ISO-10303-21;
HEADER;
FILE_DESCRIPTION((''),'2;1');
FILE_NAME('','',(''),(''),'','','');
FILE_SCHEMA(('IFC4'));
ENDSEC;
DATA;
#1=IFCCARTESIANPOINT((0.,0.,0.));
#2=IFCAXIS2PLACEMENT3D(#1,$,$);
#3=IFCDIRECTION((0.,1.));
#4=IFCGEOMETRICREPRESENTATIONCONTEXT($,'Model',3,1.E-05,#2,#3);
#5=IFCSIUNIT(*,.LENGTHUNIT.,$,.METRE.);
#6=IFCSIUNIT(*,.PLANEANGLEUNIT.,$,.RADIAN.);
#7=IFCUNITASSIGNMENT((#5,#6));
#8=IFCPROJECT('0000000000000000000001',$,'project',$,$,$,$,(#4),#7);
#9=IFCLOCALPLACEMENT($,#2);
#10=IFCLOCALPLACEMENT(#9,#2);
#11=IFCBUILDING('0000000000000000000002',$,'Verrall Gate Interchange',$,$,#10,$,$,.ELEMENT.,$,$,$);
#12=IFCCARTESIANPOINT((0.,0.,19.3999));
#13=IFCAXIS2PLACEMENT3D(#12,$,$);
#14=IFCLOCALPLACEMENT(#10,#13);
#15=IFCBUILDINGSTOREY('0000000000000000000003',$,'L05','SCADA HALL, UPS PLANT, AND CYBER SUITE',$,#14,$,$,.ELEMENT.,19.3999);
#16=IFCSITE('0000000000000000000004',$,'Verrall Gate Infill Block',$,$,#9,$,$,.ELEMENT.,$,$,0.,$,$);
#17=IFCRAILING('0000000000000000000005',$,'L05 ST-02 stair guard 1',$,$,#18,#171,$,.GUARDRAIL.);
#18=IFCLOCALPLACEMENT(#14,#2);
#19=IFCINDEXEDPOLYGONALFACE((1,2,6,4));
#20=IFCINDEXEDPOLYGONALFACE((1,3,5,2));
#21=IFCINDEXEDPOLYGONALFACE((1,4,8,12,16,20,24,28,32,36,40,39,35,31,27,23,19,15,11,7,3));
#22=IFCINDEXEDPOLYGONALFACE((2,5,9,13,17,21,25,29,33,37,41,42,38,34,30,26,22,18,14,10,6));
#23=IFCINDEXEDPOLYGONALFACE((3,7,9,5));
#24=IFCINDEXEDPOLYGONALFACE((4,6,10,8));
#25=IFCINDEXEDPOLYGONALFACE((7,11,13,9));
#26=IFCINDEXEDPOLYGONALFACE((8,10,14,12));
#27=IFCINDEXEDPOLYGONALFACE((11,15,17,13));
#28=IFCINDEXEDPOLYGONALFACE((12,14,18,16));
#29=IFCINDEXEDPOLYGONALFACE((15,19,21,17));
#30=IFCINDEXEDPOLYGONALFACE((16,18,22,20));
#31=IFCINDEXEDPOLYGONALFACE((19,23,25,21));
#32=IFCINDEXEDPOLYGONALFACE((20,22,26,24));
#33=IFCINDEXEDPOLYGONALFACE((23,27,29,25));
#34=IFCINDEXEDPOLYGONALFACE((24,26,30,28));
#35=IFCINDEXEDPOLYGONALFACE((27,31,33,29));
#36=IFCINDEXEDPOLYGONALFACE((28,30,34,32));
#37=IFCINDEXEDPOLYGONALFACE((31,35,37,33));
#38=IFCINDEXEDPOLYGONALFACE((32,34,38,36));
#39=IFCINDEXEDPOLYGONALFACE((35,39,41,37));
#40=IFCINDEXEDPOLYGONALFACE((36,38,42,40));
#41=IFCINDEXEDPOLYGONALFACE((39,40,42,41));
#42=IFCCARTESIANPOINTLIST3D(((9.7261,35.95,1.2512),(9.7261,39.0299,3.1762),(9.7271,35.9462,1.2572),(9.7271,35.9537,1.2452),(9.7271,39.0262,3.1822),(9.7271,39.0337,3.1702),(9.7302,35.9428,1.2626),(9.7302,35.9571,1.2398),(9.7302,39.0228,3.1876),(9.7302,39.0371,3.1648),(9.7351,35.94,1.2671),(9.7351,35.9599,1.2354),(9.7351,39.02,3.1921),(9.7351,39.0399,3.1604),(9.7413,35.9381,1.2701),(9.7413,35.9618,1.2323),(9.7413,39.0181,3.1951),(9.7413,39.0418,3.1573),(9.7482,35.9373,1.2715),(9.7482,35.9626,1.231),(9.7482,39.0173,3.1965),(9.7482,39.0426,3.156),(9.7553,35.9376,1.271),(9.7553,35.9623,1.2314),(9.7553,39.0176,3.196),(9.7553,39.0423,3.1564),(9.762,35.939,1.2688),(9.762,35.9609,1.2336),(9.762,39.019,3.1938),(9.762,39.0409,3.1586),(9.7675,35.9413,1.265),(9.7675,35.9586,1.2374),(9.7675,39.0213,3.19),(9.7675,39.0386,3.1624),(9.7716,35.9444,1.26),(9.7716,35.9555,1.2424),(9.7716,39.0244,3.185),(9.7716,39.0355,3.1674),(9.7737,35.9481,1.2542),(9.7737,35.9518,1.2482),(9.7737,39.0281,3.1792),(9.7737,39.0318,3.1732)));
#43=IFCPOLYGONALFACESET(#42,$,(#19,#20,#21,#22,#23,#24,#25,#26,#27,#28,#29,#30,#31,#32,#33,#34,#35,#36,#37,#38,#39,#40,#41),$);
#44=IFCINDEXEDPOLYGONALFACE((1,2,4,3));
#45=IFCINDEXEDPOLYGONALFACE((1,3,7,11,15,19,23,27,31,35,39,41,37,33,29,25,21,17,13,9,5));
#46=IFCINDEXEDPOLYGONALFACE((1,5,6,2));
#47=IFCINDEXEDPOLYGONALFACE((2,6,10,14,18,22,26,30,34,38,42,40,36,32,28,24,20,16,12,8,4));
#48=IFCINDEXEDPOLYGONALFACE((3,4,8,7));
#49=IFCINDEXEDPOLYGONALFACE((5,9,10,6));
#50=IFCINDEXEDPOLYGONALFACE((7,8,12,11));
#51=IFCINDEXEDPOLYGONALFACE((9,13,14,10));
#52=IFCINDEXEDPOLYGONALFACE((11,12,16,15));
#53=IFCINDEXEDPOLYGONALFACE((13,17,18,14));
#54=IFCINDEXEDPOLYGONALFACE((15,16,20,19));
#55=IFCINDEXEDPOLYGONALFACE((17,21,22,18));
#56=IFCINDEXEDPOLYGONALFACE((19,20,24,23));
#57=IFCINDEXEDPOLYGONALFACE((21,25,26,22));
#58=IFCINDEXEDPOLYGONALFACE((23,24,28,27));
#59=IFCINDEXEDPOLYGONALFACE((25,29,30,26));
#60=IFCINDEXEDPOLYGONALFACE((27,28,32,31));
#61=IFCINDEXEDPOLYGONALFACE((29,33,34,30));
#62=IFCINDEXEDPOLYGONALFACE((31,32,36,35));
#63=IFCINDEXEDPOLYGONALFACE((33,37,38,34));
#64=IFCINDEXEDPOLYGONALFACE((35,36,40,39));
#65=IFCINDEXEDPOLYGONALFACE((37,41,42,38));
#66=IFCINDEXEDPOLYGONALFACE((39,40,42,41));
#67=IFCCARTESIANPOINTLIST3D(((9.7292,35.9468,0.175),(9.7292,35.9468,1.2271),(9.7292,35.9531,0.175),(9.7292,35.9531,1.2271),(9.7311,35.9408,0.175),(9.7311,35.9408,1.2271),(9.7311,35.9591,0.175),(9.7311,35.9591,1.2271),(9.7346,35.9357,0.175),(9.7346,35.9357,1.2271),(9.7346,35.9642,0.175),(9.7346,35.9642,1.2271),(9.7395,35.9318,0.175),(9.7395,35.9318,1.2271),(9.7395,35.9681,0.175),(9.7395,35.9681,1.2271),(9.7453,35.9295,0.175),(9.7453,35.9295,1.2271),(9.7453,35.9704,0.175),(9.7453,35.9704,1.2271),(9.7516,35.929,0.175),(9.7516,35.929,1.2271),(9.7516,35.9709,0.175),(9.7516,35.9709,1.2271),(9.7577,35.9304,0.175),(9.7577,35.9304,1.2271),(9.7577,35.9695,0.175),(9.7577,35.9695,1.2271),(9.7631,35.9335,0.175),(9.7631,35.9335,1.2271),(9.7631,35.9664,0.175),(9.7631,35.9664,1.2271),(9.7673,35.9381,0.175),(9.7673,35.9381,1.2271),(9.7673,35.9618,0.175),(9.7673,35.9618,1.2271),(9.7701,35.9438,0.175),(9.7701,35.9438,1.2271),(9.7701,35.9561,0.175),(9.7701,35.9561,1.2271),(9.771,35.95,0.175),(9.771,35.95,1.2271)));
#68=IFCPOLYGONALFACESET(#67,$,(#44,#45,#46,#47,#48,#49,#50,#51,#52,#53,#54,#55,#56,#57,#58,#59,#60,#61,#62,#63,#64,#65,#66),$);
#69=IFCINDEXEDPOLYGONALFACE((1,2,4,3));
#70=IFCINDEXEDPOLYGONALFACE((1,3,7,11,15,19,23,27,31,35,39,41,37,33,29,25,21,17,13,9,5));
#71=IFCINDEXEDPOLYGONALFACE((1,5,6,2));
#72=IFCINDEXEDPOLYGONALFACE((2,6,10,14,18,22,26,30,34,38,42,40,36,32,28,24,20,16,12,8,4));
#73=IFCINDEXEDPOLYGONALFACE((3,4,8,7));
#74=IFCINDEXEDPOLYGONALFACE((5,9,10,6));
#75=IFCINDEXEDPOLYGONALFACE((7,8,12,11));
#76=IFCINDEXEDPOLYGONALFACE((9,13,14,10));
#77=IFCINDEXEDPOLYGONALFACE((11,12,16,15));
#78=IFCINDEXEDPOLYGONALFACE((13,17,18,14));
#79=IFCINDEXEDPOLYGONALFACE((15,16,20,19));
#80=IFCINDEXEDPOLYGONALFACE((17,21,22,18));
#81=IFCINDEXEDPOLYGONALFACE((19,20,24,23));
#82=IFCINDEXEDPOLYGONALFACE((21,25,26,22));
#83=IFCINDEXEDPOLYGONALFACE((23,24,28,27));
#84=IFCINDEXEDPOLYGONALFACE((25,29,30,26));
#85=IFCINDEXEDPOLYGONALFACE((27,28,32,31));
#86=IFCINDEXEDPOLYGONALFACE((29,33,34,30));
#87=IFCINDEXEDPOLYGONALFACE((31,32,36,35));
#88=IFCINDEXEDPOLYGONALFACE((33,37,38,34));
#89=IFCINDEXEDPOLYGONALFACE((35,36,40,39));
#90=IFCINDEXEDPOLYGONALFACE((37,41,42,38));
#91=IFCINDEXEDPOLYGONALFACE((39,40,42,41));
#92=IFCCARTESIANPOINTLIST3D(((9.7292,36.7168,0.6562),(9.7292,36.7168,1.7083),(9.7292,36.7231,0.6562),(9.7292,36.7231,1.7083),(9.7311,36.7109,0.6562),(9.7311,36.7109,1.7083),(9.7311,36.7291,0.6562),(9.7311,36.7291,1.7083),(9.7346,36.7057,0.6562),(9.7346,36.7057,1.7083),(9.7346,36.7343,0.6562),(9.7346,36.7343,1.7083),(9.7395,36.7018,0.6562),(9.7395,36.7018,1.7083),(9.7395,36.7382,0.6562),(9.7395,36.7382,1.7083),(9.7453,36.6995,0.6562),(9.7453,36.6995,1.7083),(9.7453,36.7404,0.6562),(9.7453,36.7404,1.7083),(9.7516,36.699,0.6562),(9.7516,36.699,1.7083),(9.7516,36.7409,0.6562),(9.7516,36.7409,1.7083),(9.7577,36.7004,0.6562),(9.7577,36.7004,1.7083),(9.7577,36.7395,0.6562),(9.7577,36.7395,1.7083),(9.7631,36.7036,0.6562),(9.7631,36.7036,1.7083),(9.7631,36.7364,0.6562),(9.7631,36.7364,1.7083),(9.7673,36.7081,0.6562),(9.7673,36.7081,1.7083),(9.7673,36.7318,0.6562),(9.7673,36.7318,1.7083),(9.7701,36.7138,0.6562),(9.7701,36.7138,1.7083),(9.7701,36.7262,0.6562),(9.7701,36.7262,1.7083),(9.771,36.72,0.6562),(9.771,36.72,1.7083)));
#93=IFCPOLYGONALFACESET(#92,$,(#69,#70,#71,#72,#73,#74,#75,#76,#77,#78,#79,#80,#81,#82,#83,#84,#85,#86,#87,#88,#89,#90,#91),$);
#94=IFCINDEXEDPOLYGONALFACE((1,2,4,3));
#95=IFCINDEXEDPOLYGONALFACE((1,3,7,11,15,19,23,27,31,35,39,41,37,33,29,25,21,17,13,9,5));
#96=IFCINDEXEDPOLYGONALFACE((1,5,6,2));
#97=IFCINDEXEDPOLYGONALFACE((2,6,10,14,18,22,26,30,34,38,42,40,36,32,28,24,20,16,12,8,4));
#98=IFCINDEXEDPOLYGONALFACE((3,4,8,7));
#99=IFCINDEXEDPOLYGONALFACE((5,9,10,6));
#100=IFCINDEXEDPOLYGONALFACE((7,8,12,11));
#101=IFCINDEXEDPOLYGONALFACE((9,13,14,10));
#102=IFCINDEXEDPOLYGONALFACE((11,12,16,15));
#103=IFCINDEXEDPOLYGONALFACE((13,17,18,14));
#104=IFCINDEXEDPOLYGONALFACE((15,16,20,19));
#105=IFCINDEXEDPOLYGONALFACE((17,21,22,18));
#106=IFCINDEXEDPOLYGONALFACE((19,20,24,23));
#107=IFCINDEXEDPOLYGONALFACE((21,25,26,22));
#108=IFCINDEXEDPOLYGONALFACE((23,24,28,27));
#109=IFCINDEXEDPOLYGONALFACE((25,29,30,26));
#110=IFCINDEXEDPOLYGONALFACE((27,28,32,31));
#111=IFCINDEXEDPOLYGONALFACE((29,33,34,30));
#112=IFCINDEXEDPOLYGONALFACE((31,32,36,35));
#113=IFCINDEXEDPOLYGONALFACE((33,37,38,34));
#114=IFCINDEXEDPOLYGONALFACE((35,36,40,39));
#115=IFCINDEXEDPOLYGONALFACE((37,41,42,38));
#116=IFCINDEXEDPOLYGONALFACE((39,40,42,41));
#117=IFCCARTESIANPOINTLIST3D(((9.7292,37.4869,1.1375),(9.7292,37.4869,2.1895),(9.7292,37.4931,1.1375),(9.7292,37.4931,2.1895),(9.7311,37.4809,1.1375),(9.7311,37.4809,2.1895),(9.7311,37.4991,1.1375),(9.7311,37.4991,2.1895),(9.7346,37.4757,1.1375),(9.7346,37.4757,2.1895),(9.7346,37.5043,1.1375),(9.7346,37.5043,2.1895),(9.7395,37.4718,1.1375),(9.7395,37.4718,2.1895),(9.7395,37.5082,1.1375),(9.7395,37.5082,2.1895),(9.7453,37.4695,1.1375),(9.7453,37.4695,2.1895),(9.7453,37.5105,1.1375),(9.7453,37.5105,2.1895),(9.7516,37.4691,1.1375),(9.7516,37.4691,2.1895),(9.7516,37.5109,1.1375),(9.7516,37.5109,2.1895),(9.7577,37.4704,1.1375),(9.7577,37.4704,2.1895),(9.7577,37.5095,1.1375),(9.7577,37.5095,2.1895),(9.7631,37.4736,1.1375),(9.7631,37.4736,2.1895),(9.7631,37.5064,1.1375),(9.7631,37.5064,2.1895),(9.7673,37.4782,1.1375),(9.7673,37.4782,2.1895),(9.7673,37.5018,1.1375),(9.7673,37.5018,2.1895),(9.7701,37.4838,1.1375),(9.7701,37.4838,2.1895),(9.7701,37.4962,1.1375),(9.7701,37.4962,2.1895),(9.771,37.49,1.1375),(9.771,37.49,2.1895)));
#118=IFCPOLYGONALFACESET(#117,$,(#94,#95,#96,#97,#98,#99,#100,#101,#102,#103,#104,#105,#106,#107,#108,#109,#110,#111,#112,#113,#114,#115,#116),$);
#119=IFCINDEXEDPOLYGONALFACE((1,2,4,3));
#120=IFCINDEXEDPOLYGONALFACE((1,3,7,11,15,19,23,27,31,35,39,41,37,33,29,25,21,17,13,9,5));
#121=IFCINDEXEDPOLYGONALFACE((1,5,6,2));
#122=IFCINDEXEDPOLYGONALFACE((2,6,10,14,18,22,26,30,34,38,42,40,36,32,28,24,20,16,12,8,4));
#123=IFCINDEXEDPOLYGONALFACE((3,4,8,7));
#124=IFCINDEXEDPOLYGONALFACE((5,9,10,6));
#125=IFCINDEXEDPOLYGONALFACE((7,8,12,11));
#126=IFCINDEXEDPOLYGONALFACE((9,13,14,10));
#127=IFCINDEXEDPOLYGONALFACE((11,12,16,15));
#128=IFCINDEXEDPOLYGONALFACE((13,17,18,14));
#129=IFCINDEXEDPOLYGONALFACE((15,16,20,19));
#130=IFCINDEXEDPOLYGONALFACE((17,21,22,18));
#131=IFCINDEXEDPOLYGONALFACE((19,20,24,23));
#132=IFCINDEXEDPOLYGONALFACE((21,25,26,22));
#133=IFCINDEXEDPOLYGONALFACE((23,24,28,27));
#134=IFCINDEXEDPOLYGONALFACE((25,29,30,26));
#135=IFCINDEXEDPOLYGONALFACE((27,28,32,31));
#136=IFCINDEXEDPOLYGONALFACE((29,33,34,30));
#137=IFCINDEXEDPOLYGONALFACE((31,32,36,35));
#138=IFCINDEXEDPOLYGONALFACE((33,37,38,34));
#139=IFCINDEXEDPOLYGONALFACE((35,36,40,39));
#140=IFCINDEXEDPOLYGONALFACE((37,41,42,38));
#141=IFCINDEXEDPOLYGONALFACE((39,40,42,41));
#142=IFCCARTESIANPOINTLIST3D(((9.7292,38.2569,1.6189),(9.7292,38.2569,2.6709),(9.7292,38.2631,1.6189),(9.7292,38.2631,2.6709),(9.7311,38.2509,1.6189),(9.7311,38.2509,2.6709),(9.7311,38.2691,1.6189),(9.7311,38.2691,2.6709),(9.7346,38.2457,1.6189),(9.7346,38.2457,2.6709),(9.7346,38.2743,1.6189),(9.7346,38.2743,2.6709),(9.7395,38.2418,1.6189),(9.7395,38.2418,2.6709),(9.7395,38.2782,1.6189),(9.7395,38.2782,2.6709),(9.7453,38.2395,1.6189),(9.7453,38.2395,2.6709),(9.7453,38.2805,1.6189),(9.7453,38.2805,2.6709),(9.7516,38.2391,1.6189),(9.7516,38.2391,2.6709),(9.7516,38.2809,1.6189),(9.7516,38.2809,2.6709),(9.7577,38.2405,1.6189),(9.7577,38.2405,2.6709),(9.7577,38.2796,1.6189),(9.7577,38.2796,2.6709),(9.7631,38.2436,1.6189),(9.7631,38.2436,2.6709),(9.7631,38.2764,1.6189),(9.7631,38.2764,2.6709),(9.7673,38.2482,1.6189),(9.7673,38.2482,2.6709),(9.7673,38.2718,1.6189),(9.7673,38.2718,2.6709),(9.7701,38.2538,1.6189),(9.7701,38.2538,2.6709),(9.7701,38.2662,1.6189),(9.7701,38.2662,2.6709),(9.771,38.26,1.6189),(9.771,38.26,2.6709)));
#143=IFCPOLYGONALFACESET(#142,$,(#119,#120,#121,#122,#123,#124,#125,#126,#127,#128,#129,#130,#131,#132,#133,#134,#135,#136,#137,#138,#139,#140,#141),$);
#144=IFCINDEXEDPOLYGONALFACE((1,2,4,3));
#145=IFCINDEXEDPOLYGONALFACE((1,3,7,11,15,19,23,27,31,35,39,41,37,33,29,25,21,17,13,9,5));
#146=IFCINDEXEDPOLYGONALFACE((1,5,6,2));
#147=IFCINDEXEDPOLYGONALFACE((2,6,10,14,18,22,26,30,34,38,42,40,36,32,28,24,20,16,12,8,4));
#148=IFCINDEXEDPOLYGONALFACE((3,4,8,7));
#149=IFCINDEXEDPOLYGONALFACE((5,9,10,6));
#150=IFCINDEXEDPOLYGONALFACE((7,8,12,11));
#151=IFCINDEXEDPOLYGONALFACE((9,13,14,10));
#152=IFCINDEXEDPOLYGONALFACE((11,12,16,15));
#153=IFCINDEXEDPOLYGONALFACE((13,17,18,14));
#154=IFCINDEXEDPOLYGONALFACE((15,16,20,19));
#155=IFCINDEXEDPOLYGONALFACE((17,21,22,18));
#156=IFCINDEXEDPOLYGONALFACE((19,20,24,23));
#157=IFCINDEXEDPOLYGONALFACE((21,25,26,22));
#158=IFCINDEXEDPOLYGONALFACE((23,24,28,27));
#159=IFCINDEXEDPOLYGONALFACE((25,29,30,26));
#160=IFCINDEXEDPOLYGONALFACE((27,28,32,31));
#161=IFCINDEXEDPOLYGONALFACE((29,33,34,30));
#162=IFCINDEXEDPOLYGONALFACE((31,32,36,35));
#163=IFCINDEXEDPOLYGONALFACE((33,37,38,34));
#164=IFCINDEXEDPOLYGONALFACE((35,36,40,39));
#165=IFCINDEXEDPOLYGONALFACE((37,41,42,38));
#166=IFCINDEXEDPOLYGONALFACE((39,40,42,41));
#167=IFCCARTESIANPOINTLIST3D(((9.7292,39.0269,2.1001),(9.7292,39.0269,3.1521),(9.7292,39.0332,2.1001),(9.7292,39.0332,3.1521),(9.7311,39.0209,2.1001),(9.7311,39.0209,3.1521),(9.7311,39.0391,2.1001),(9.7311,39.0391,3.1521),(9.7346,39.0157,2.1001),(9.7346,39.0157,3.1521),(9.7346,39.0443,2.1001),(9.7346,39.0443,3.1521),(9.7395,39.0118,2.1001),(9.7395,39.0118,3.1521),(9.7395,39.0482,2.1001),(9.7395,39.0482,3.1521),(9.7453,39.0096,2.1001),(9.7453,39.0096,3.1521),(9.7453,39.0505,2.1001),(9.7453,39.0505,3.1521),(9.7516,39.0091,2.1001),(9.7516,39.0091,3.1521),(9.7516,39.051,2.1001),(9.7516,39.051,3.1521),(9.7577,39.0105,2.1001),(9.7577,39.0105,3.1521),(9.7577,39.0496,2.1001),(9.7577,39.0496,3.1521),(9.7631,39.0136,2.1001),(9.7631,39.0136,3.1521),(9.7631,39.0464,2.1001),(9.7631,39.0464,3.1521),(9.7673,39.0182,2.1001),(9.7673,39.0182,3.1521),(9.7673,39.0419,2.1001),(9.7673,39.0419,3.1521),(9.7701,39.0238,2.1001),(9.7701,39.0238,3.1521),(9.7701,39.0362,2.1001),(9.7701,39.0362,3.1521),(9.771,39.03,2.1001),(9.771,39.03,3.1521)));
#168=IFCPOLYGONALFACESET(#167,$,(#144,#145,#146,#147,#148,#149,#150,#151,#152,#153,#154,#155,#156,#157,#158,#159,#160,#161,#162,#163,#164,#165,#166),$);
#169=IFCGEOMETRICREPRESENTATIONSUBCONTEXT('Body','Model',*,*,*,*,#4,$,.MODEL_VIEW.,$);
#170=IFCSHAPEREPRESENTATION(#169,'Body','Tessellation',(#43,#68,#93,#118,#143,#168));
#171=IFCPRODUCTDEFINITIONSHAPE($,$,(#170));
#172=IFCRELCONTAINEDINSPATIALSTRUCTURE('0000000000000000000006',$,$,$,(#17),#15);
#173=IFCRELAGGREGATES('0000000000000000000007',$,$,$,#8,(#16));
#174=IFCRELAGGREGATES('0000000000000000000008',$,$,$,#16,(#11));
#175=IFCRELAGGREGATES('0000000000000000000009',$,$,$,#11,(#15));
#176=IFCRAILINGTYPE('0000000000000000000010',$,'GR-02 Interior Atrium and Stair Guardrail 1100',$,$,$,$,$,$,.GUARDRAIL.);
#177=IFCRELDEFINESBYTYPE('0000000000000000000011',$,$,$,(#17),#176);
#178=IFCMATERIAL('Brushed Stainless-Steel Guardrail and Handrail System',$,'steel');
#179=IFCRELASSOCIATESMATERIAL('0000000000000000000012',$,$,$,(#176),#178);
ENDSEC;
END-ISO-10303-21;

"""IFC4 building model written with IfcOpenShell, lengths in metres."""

from ifc_helpers import new_model, si_unit, direction, frame, origin, origin_2d, place, context, subcontext, project, spatial, circle, extrude, material, type_object, element, save


model = new_model("IFC4")

# Units and contexts
model_context = context("Model", 3, precision=1e-05, world=origin(), true_north=direction((0.0, 1.0)))
body_context = subcontext(model_context, "Body", "Model", "MODEL_VIEW")
ifc_project = project(units=[si_unit("LENGTHUNIT", "METRE"), si_unit("PLANEANGLEUNIT", "RADIAN")], contexts=[model_context])

# Site, building, storey
site_placement = place(None, origin())
site = spatial("IfcSite", under=ifc_project, at=site_placement, Name="Verrall Gate Infill Block", CompositionType="ELEMENT", RefElevation=0.0)
building_placement = place(site_placement, origin())
building = spatial("IfcBuilding", under=site, at=building_placement, Name="Verrall Gate Interchange", CompositionType="ELEMENT")
storey_placement = place(building_placement, frame((0.0, 0.0, 19.3999)))
storey = spatial("IfcBuildingStorey", under=building, at=storey_placement, Name="L05", Description="SCADA HALL, UPS PLANT, AND CYBER SUITE", CompositionType="ELEMENT", Elevation=19.3999)

# Railing
ifc_material_1 = material(Name="Brushed Stainless-Steel Guardrail and Handrail System", Category="steel")
railing_type_1 = type_object("IfcRailingType", Name="GR-02 Interior Atrium and Stair Guardrail 1100", PredefinedType="GUARDRAIL", material=ifc_material_1)
railing_1_placement = place(storey_placement, frame((9.75, 35.95, 0.175)))
element("IfcRailing", 1, at=railing_1_placement, inside=storey, type_object=railing_type_1, Name="L05 ST-02 stair guard 1", PredefinedType="GUARDRAIL", context=body_context, shape_type="SweptSolid", body=[
    extrude(circle(Radius=0.0239, at=origin_2d()), frame((0.0, 0.0, 1.0762), z_axis=(0.0, 0.847998, 0.529999), x_axis=(-1.0, 0.0, 0.0)), (0.0, 0.0, 1.0), 3.6321),
    extrude(circle(Radius=0.021, at=origin_2d()), origin(), (0.0, 0.0, 1.0), 1.052),
    extrude(circle(Radius=0.021, at=origin_2d()), frame((0.0, 0.77, 0.4812)), (0.0, 0.0, 1.0), 1.052),
    extrude(circle(Radius=0.021, at=origin_2d()), frame((0.0, 1.54, 0.9624)), (0.0, 0.0, 1.0), 1.052),
    extrude(circle(Radius=0.021, at=origin_2d()), frame((0.0, 2.3101, 1.4438)), (0.0, 0.0, 1.0), 1.052),
    extrude(circle(Radius=0.021, at=origin_2d()), frame((0.0, 3.0801, 1.925)), (0.0, 0.0, 1.0), 1.052),
])

save(model, "model.ifc")
